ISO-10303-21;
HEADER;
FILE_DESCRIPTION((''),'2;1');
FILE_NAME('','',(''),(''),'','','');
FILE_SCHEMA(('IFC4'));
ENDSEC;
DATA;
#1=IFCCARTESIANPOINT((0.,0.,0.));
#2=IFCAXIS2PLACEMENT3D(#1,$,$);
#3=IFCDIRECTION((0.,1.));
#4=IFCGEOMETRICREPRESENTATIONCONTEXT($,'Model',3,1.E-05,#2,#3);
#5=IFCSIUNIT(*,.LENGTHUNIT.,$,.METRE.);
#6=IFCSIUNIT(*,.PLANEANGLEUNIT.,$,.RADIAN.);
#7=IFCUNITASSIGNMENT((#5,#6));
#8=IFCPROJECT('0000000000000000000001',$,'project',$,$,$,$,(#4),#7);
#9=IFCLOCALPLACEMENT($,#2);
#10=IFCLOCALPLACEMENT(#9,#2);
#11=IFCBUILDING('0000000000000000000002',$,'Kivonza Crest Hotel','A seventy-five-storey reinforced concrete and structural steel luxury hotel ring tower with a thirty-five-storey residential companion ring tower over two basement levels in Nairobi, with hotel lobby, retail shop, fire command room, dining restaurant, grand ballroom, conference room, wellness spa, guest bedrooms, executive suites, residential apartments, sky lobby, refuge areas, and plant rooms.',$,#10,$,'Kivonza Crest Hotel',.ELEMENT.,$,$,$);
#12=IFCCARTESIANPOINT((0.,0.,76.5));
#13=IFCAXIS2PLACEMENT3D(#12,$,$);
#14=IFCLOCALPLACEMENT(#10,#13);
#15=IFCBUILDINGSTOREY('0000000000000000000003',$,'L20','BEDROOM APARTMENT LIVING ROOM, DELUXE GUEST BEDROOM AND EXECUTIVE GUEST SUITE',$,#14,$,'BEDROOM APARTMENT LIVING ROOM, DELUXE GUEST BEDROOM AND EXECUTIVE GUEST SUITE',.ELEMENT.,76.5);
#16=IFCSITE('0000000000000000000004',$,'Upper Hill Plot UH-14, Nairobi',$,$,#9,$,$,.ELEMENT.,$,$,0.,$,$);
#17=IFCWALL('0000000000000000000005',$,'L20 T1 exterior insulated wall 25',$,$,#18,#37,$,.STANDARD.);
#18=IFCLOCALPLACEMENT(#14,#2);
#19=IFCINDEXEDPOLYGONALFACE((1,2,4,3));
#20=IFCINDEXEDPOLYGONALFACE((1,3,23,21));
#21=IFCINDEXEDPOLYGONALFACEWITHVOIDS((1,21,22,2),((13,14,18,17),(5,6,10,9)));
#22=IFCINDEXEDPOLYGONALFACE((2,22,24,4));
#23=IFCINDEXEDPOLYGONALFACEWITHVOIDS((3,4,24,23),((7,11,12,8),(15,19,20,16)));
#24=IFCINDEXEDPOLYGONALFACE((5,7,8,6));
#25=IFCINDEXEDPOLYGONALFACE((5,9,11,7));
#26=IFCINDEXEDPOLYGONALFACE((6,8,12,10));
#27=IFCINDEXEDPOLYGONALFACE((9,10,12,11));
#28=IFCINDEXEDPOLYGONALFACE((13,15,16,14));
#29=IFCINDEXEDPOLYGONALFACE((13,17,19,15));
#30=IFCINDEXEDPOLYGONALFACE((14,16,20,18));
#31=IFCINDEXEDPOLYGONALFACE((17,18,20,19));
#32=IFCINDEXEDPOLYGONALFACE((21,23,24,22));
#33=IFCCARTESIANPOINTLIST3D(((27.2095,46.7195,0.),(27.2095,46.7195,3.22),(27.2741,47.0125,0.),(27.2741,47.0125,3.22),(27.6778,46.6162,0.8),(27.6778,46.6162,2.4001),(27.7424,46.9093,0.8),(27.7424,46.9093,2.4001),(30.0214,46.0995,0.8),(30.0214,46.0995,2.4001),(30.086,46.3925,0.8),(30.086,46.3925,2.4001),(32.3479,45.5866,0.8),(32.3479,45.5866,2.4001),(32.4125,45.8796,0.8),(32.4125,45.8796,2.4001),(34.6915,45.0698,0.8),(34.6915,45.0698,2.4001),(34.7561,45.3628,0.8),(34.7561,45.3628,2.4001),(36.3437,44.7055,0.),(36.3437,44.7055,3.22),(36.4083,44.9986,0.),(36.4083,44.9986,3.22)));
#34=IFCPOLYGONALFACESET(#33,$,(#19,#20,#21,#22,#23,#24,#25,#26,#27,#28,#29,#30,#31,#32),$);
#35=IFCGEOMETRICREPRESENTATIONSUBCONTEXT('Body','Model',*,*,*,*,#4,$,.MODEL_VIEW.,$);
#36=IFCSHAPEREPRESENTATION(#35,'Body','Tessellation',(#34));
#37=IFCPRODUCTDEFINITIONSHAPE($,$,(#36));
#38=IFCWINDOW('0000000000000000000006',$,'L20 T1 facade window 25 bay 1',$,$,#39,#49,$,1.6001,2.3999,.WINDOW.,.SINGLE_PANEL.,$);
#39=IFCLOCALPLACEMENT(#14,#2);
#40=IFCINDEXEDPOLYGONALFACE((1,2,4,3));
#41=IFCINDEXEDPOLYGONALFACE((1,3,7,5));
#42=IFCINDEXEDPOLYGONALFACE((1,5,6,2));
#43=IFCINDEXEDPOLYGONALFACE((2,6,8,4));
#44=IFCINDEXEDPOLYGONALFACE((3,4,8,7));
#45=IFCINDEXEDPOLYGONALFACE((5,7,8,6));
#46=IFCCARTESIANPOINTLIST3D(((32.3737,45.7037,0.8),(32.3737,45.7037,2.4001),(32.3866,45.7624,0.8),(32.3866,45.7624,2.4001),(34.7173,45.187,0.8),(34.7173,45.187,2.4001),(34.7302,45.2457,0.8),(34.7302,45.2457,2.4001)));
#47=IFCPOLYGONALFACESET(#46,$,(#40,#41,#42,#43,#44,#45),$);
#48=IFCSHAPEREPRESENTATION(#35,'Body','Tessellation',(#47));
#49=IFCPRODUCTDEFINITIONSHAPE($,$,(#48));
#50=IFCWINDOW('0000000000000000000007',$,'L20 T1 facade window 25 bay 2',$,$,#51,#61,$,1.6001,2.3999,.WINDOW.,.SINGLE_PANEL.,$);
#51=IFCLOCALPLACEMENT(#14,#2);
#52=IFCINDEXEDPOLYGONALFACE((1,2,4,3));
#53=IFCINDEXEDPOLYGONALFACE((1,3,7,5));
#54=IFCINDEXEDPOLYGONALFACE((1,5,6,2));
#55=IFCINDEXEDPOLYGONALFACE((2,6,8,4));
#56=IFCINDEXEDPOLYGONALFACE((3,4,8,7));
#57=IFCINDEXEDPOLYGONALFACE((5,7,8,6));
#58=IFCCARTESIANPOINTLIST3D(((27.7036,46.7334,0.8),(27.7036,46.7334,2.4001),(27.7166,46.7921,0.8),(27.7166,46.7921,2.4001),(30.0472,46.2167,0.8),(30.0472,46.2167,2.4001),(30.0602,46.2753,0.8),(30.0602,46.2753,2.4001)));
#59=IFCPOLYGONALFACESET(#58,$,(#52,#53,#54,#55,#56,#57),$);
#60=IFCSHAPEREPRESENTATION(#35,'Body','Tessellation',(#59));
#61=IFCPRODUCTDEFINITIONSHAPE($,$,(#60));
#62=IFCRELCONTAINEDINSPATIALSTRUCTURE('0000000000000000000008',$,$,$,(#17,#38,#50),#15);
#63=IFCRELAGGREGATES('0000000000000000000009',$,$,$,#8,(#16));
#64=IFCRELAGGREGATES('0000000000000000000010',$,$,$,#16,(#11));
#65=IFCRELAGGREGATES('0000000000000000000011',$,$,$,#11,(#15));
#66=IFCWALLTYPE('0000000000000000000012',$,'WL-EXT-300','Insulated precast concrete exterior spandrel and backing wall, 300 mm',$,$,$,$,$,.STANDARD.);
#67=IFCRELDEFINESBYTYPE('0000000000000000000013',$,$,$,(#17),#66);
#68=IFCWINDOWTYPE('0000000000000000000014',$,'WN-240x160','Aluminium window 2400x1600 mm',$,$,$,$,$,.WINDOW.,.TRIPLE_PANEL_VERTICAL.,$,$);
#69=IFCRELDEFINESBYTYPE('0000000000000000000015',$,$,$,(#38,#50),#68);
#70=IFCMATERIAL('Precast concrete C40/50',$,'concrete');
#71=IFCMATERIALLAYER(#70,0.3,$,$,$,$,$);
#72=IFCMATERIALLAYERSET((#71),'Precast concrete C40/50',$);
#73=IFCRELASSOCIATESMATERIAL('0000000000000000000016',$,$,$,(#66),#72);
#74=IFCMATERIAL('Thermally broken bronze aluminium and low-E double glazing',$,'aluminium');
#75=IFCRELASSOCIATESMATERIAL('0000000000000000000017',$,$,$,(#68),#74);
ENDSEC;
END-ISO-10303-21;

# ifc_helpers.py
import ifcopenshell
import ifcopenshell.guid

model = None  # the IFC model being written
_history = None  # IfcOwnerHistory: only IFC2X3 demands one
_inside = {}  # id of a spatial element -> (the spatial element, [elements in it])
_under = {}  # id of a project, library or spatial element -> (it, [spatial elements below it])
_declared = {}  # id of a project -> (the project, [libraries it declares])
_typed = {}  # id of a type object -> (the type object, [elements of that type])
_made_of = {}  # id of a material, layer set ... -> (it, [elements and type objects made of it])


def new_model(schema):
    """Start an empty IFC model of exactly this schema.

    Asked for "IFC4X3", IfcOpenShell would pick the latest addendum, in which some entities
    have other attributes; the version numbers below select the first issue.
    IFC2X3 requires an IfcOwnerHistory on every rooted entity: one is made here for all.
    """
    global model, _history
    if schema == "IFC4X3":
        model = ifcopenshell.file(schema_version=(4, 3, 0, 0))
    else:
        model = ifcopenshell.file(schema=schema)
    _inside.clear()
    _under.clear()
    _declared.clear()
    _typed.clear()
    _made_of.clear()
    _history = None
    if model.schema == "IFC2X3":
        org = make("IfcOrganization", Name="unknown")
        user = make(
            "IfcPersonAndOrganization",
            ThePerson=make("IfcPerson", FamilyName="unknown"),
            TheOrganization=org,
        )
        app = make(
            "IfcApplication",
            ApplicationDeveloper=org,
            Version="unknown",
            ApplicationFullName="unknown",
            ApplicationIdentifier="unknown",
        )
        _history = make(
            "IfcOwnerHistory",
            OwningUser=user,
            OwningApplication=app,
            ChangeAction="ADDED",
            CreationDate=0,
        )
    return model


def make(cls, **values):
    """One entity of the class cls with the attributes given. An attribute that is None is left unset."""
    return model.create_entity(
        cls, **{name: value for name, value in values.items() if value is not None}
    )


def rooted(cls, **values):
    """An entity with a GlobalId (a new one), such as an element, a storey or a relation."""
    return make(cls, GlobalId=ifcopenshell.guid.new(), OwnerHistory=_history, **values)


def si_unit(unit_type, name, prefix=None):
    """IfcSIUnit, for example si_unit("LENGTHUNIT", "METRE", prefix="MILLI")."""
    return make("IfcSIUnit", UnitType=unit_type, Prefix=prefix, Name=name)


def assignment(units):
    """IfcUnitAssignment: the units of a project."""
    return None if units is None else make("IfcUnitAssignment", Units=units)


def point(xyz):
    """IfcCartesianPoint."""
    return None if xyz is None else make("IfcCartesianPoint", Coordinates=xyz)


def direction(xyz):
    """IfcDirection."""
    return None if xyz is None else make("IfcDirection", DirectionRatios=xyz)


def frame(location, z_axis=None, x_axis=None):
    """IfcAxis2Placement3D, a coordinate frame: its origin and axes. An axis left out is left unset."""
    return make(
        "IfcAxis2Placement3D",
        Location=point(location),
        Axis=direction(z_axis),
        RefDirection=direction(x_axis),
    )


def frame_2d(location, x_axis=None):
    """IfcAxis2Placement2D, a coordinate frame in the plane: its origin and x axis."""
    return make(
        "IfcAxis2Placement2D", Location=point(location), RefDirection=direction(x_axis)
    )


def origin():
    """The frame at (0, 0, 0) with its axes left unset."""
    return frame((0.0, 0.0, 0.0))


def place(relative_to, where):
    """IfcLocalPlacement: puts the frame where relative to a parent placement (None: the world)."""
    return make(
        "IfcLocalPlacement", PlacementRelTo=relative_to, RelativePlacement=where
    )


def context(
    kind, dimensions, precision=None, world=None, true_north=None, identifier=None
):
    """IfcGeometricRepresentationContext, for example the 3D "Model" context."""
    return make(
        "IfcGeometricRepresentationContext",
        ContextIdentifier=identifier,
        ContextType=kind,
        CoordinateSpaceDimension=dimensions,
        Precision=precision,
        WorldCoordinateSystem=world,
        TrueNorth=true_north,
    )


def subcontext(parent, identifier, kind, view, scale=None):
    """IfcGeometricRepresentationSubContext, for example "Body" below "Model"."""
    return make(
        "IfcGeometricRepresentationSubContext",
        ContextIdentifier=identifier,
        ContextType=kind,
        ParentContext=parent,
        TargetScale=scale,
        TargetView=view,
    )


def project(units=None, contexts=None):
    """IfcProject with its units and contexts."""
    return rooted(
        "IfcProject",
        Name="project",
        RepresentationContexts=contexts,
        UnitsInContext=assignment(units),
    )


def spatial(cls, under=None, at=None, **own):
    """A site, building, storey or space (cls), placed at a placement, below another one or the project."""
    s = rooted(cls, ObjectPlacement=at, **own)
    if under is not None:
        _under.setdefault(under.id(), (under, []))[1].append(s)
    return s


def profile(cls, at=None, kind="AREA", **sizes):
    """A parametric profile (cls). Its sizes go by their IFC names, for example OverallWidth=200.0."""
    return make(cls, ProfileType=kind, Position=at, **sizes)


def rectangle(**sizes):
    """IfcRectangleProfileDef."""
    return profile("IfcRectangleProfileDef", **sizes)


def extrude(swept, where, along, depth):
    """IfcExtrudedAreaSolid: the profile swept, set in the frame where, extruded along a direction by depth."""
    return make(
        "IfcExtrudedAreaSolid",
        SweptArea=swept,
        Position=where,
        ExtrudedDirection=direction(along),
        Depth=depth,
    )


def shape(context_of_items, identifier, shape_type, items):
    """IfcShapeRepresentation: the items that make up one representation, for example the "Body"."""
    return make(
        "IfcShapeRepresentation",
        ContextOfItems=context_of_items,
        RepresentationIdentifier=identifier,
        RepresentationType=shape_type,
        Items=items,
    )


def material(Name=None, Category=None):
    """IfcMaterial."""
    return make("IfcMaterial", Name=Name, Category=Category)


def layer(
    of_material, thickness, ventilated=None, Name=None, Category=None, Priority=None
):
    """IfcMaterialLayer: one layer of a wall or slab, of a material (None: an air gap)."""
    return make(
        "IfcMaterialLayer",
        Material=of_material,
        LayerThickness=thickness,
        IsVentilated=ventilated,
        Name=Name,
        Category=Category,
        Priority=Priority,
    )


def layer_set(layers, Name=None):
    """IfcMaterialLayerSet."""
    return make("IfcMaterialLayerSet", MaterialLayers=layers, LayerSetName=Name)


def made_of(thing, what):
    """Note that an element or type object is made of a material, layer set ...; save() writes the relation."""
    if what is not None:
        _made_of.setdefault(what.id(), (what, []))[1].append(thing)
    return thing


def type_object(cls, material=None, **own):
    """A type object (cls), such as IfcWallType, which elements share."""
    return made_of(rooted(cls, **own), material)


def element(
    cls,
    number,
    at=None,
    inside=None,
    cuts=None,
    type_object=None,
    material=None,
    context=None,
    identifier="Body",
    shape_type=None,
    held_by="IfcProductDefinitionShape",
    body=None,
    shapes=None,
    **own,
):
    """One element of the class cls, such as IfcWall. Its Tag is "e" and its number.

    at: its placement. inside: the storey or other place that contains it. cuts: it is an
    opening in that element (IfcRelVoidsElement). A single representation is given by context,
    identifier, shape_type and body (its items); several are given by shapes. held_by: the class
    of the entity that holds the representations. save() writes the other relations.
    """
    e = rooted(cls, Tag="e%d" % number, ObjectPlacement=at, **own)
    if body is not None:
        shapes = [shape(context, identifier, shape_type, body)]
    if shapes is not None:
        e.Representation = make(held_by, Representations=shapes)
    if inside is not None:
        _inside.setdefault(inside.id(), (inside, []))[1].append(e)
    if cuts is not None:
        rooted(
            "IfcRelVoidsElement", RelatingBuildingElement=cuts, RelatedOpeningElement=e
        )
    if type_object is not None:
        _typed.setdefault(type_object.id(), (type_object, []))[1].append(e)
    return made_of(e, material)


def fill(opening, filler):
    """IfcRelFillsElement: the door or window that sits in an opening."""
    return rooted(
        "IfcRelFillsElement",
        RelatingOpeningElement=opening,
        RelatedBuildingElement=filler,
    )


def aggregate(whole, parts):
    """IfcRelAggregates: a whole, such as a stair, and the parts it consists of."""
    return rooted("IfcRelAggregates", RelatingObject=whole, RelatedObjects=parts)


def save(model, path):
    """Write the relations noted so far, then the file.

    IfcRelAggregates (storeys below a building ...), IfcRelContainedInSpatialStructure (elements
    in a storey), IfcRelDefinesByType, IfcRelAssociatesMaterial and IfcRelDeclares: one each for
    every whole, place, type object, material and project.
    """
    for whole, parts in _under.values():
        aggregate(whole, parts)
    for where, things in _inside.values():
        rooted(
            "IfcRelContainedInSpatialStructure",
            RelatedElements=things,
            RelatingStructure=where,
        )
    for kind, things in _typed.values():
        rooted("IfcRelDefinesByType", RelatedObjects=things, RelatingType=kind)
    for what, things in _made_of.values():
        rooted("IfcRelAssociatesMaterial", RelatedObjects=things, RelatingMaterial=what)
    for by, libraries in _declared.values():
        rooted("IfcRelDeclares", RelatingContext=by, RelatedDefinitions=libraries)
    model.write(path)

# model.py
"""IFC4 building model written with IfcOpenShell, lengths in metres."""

from ifc_helpers import new_model, si_unit, direction, frame, frame_2d, origin, place, context, subcontext, project, spatial, rectangle, extrude, material, layer, layer_set, type_object, element, fill, save


model = new_model("IFC4")

# Units and contexts
model_context = context("Model", 3, precision=1e-05, world=origin(), true_north=direction((0.0, 1.0)))
body_context = subcontext(model_context, "Body", "Model", "MODEL_VIEW")
ifc_project = project(units=[si_unit("LENGTHUNIT", "METRE"), si_unit("PLANEANGLEUNIT", "RADIAN")], contexts=[model_context])

# Site, building, storey
site_placement = place(None, origin())
site = spatial("IfcSite", under=ifc_project, at=site_placement, Name="Upper Hill Plot UH-14, Nairobi", CompositionType="ELEMENT", RefElevation=0.0)
building_placement = place(site_placement, origin())
building = spatial("IfcBuilding", under=site, at=building_placement, Name="Kivonza Crest Hotel", Description="A seventy-five-storey reinforced concrete and structural steel luxury hotel ring tower with a thirty-five-storey residential companion ring tower over two basement levels in Nairobi, with hotel lobby, retail shop, fire command room, dining restaurant, grand ballroom, conference room, wellness spa, guest bedrooms, executive suites, residential apartments, sky lobby, refuge areas, and plant rooms.", LongName="Kivonza Crest Hotel", CompositionType="ELEMENT")
storey_placement = place(building_placement, frame((0.0, 0.0, 76.5)))
storey = spatial("IfcBuildingStorey", under=building, at=storey_placement, Name="L20", Description="BEDROOM APARTMENT LIVING ROOM, DELUXE GUEST BEDROOM AND EXECUTIVE GUEST SUITE", LongName="BEDROOM APARTMENT LIVING ROOM, DELUXE GUEST BEDROOM AND EXECUTIVE GUEST SUITE", CompositionType="ELEMENT", Elevation=76.5)

# Shared definitions
ifc_material_1 = material(Name="Precast concrete C40/50", Category="concrete")
ifc_layer_1 = layer(ifc_material_1, 0.3)
ifc_layer_set_1 = layer_set([ifc_layer_1], Name="Precast concrete C40/50")
wall_type_1 = type_object("IfcWallType", Name="WL-EXT-300", Description="Insulated precast concrete exterior spandrel and backing wall, 300 mm", PredefinedType="STANDARD", material=ifc_layer_set_1)

# Wall, openings, windows
wall_1_placement = place(storey_placement, frame((36.376, 44.8521, 0.0), z_axis=(0.0, 0.0, 1.0), x_axis=(-0.976545, 0.215313, 0.0)))
wall_1 = element("IfcWall", 1, at=wall_1_placement, inside=storey, type_object=wall_type_1, Name="L20 T1 exterior insulated wall 25", PredefinedType="STANDARD", context=body_context, shape_type="SweptSolid", body=[
    extrude(rectangle(XDim=9.3535, YDim=0.3, at=frame_2d((4.6768, 0.0))), origin(), (0.0, 0.0, 1.0), 3.22),
])
opening_1_placement = place(wall_1_placement, frame((1.6919, 0.0, 0.8)))
opening_1 = element("IfcOpeningElement", 2, at=opening_1_placement, cuts=wall_1, PredefinedType="OPENING", context=body_context, shape_type="SweptSolid", body=[
    extrude(rectangle(XDim=2.3999, YDim=1.6001, at=frame_2d((1.2, 0.8))), frame((0.0, 0.1602, 0.0), z_axis=(0.0, -1.0, 0.0), x_axis=(1.0, 0.0, 0.0)), (0.0, 0.0, 1.0), 0.3201),
])
opening_2_placement = place(wall_1_placement, frame((6.4741, 0.0, 0.8)))
opening_2 = element("IfcOpeningElement", 3, at=opening_2_placement, cuts=wall_1, PredefinedType="OPENING", context=body_context, shape_type="SweptSolid", body=[
    extrude(rectangle(XDim=2.3999, YDim=1.6001, at=frame_2d((1.2, 0.8))), frame((0.0, 0.1602, 0.0), z_axis=(0.0, -1.0, 0.0), x_axis=(1.0, 0.0, 0.0)), (0.0, 0.0, 1.0), 0.3201),
])
ifc_material_2 = material(Name="Thermally broken bronze aluminium and low-E double glazing", Category="aluminium")
window_type = type_object("IfcWindowType", Name="WN-240x160", Description="Aluminium window 2400x1600 mm", PartitioningType="TRIPLE_PANEL_VERTICAL", PredefinedType="WINDOW", material=ifc_material_2)
window_1_placement = place(opening_1_placement, origin())
window_1 = element("IfcWindow", 4, at=window_1_placement, inside=storey, type_object=window_type, Name="L20 T1 facade window 25 bay 1", OverallHeight=1.6001, OverallWidth=2.3999, PartitioningType="SINGLE_PANEL", PredefinedType="WINDOW", context=body_context, shape_type="SweptSolid", body=[
    extrude(rectangle(XDim=2.3999, YDim=1.6001, at=frame_2d((1.2, 0.8))), frame((0.0, 0.03, 0.0), z_axis=(0.0, -1.0, 0.0), x_axis=(1.0, 0.0, 0.0)), (0.0, 0.0, 1.0), 0.0601),
])
fill(opening_1, window_1)
window_2_placement = place(opening_2_placement, origin())
window_2 = element("IfcWindow", 5, at=window_2_placement, inside=storey, type_object=window_type, Name="L20 T1 facade window 25 bay 2", OverallHeight=1.6001, OverallWidth=2.3999, PartitioningType="SINGLE_PANEL", PredefinedType="WINDOW", context=body_context, shape_type="SweptSolid", body=[
    extrude(rectangle(XDim=2.3999, YDim=1.6001, at=frame_2d((1.2, 0.8))), frame((0.0, 0.03, 0.0), z_axis=(0.0, -1.0, 0.0), x_axis=(1.0, 0.0, 0.0)), (0.0, 0.0, 1.0), 0.0601),
])
fill(opening_2, window_2)

save(model, "model.ifc")
